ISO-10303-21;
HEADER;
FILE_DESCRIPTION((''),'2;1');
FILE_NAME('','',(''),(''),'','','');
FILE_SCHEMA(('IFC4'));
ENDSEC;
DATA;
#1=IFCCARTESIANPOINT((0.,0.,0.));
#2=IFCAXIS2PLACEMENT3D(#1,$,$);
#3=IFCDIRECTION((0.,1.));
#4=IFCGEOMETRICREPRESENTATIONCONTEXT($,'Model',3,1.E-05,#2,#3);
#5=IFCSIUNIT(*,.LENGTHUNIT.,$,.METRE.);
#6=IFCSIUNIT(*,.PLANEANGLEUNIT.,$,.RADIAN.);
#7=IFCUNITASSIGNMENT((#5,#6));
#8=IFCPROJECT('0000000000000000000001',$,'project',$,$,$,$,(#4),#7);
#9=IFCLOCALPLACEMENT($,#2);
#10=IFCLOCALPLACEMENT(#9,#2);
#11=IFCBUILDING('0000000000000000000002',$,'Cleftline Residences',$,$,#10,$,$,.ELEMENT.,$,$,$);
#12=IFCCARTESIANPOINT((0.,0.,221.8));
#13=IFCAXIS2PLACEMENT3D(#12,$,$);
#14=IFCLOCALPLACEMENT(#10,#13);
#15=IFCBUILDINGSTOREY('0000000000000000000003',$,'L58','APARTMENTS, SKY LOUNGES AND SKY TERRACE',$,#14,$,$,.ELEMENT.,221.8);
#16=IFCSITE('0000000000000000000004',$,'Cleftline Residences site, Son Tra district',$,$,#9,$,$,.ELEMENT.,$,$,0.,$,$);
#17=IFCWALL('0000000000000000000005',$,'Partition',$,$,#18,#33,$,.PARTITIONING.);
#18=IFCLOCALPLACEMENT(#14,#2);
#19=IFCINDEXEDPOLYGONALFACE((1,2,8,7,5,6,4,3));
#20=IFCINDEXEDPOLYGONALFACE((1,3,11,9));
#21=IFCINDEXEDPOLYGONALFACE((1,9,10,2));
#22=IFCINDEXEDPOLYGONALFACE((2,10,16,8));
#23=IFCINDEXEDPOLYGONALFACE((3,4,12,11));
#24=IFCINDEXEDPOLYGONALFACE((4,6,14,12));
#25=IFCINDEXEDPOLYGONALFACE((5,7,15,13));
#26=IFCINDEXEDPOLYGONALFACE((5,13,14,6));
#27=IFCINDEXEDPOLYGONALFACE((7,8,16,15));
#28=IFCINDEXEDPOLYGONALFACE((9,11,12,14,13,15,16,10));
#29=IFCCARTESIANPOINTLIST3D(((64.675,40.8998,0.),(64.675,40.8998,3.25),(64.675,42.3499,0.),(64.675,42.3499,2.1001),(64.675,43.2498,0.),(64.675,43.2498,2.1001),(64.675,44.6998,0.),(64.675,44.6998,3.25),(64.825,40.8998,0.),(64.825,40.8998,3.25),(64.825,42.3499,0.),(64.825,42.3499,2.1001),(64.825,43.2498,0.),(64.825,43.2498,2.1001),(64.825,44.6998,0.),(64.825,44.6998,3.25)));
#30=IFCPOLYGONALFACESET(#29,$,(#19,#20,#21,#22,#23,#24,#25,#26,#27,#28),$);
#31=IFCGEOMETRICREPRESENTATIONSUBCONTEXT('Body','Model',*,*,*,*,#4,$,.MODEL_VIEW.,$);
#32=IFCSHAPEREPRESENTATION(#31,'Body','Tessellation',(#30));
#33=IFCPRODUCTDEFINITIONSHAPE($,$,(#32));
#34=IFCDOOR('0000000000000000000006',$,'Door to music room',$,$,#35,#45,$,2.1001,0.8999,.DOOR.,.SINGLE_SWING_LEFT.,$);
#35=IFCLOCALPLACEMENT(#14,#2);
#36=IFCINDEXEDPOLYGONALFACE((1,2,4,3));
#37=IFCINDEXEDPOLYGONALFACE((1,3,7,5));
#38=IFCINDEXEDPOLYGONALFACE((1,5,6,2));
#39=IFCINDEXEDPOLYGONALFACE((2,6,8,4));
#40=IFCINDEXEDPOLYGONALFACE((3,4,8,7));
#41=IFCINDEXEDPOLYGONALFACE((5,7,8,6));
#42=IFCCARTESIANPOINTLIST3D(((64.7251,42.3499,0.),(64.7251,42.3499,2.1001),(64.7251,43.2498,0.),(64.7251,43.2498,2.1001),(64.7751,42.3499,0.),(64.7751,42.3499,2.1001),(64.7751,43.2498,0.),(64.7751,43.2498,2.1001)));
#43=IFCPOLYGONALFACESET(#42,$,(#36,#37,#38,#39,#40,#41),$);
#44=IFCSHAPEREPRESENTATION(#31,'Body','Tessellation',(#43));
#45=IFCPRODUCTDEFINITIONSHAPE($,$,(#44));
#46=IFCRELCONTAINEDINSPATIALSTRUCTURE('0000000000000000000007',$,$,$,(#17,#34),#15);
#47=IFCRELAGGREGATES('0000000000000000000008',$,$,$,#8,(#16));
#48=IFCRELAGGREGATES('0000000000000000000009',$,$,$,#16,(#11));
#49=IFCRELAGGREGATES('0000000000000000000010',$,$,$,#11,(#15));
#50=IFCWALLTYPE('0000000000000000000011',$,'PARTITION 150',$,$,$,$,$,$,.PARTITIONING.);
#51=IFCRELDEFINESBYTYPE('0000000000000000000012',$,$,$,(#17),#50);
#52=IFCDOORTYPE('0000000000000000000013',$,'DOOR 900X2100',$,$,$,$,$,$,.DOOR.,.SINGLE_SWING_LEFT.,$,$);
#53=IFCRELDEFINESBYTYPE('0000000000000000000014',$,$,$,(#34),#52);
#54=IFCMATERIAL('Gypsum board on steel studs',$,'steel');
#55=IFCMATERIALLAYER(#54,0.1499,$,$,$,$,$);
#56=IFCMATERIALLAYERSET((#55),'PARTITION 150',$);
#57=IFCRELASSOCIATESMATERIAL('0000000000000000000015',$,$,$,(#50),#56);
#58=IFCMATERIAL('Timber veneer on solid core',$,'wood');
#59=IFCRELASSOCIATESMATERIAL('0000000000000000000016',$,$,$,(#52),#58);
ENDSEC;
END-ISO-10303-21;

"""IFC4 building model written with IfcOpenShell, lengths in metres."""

from ifc_helpers import new_model, si_unit, direction, frame, frame_2d, origin, place, context, subcontext, project, spatial, rectangle, extrude, material, layer, layer_set, type_object, element, fill, save


model = new_model("IFC4")

# Units and contexts
model_context = context("Model", 3, precision=1e-05, world=origin(), true_north=direction((0.0, 1.0)))
body_context = subcontext(model_context, "Body", "Model", "MODEL_VIEW")
ifc_project = project(units=[si_unit("LENGTHUNIT", "METRE"), si_unit("PLANEANGLEUNIT", "RADIAN")], contexts=[model_context])

# Site, building, storey
site_placement = place(None, origin())
site = spatial("IfcSite", under=ifc_project, at=site_placement, Name="Cleftline Residences site, Son Tra district", CompositionType="ELEMENT", RefElevation=0.0)
building_placement = place(site_placement, origin())
building = spatial("IfcBuilding", under=site, at=building_placement, Name="Cleftline Residences", CompositionType="ELEMENT")
storey_placement = place(building_placement, frame((0.0, 0.0, 221.8)))
storey = spatial("IfcBuildingStorey", under=building, at=storey_placement, Name="L58", Description="APARTMENTS, SKY LOUNGES AND SKY TERRACE", CompositionType="ELEMENT", Elevation=221.8)

# Wall, opening, door
ifc_material_1 = material(Name="Gypsum board on steel studs", Category="steel")
ifc_layer_1 = layer(ifc_material_1, 0.1499)
ifc_layer_set_1 = layer_set([ifc_layer_1], Name="PARTITION 150")
wall_type_1 = type_object("IfcWallType", Name="PARTITION 150", PredefinedType="PARTITIONING", material=ifc_layer_set_1)
wall_1_placement = place(storey_placement, frame((64.75, 40.8999, 0.0), z_axis=(0.0, 0.0, 1.0), x_axis=(0.0, 1.0, 0.0)))
wall_1 = element("IfcWall", 1, at=wall_1_placement, inside=storey, type_object=wall_type_1, Name="Partition", PredefinedType="PARTITIONING", context=body_context, shape_type="SweptSolid", body=[
    extrude(rectangle(XDim=3.8, YDim=0.1499, at=frame_2d((1.8999, 0.0))), origin(), (0.0, 0.0, 1.0), 3.25),
])
opening_1_placement = place(wall_1_placement, frame((1.45, 0.0, 0.0)))
opening_1 = element("IfcOpeningElement", 2, at=opening_1_placement, cuts=wall_1, PredefinedType="OPENING", context=body_context, shape_type="SweptSolid", body=[
    extrude(rectangle(XDim=0.8999, YDim=2.1001, at=frame_2d((0.45, 1.05))), frame((0.0, 0.085, 0.0), z_axis=(0.0, -1.0, 0.0), x_axis=(1.0, 0.0, 0.0)), (0.0, 0.0, 1.0), 0.1699),
])
ifc_material_2 = material(Name="Timber veneer on solid core", Category="wood")
door_type = type_object("IfcDoorType", Name="DOOR 900X2100", OperationType="SINGLE_SWING_LEFT", PredefinedType="DOOR", material=ifc_material_2)
door_placement = place(opening_1_placement, origin())
door = element("IfcDoor", 3, at=door_placement, inside=storey, type_object=door_type, Name="Door to music room", OperationType="SINGLE_SWING_LEFT", OverallHeight=2.1001, OverallWidth=0.8999, PredefinedType="DOOR", context=body_context, shape_type="SweptSolid", body=[
    extrude(rectangle(XDim=0.8999, YDim=2.1001, at=frame_2d((0.45, 1.05))), frame((0.0, 0.0249, 0.0), z_axis=(0.0, -1.0, 0.0), x_axis=(1.0, 0.0, 0.0)), (0.0, 0.0, 1.0), 0.05),
])
fill(opening_1, door)

save(model, "model.ifc")
